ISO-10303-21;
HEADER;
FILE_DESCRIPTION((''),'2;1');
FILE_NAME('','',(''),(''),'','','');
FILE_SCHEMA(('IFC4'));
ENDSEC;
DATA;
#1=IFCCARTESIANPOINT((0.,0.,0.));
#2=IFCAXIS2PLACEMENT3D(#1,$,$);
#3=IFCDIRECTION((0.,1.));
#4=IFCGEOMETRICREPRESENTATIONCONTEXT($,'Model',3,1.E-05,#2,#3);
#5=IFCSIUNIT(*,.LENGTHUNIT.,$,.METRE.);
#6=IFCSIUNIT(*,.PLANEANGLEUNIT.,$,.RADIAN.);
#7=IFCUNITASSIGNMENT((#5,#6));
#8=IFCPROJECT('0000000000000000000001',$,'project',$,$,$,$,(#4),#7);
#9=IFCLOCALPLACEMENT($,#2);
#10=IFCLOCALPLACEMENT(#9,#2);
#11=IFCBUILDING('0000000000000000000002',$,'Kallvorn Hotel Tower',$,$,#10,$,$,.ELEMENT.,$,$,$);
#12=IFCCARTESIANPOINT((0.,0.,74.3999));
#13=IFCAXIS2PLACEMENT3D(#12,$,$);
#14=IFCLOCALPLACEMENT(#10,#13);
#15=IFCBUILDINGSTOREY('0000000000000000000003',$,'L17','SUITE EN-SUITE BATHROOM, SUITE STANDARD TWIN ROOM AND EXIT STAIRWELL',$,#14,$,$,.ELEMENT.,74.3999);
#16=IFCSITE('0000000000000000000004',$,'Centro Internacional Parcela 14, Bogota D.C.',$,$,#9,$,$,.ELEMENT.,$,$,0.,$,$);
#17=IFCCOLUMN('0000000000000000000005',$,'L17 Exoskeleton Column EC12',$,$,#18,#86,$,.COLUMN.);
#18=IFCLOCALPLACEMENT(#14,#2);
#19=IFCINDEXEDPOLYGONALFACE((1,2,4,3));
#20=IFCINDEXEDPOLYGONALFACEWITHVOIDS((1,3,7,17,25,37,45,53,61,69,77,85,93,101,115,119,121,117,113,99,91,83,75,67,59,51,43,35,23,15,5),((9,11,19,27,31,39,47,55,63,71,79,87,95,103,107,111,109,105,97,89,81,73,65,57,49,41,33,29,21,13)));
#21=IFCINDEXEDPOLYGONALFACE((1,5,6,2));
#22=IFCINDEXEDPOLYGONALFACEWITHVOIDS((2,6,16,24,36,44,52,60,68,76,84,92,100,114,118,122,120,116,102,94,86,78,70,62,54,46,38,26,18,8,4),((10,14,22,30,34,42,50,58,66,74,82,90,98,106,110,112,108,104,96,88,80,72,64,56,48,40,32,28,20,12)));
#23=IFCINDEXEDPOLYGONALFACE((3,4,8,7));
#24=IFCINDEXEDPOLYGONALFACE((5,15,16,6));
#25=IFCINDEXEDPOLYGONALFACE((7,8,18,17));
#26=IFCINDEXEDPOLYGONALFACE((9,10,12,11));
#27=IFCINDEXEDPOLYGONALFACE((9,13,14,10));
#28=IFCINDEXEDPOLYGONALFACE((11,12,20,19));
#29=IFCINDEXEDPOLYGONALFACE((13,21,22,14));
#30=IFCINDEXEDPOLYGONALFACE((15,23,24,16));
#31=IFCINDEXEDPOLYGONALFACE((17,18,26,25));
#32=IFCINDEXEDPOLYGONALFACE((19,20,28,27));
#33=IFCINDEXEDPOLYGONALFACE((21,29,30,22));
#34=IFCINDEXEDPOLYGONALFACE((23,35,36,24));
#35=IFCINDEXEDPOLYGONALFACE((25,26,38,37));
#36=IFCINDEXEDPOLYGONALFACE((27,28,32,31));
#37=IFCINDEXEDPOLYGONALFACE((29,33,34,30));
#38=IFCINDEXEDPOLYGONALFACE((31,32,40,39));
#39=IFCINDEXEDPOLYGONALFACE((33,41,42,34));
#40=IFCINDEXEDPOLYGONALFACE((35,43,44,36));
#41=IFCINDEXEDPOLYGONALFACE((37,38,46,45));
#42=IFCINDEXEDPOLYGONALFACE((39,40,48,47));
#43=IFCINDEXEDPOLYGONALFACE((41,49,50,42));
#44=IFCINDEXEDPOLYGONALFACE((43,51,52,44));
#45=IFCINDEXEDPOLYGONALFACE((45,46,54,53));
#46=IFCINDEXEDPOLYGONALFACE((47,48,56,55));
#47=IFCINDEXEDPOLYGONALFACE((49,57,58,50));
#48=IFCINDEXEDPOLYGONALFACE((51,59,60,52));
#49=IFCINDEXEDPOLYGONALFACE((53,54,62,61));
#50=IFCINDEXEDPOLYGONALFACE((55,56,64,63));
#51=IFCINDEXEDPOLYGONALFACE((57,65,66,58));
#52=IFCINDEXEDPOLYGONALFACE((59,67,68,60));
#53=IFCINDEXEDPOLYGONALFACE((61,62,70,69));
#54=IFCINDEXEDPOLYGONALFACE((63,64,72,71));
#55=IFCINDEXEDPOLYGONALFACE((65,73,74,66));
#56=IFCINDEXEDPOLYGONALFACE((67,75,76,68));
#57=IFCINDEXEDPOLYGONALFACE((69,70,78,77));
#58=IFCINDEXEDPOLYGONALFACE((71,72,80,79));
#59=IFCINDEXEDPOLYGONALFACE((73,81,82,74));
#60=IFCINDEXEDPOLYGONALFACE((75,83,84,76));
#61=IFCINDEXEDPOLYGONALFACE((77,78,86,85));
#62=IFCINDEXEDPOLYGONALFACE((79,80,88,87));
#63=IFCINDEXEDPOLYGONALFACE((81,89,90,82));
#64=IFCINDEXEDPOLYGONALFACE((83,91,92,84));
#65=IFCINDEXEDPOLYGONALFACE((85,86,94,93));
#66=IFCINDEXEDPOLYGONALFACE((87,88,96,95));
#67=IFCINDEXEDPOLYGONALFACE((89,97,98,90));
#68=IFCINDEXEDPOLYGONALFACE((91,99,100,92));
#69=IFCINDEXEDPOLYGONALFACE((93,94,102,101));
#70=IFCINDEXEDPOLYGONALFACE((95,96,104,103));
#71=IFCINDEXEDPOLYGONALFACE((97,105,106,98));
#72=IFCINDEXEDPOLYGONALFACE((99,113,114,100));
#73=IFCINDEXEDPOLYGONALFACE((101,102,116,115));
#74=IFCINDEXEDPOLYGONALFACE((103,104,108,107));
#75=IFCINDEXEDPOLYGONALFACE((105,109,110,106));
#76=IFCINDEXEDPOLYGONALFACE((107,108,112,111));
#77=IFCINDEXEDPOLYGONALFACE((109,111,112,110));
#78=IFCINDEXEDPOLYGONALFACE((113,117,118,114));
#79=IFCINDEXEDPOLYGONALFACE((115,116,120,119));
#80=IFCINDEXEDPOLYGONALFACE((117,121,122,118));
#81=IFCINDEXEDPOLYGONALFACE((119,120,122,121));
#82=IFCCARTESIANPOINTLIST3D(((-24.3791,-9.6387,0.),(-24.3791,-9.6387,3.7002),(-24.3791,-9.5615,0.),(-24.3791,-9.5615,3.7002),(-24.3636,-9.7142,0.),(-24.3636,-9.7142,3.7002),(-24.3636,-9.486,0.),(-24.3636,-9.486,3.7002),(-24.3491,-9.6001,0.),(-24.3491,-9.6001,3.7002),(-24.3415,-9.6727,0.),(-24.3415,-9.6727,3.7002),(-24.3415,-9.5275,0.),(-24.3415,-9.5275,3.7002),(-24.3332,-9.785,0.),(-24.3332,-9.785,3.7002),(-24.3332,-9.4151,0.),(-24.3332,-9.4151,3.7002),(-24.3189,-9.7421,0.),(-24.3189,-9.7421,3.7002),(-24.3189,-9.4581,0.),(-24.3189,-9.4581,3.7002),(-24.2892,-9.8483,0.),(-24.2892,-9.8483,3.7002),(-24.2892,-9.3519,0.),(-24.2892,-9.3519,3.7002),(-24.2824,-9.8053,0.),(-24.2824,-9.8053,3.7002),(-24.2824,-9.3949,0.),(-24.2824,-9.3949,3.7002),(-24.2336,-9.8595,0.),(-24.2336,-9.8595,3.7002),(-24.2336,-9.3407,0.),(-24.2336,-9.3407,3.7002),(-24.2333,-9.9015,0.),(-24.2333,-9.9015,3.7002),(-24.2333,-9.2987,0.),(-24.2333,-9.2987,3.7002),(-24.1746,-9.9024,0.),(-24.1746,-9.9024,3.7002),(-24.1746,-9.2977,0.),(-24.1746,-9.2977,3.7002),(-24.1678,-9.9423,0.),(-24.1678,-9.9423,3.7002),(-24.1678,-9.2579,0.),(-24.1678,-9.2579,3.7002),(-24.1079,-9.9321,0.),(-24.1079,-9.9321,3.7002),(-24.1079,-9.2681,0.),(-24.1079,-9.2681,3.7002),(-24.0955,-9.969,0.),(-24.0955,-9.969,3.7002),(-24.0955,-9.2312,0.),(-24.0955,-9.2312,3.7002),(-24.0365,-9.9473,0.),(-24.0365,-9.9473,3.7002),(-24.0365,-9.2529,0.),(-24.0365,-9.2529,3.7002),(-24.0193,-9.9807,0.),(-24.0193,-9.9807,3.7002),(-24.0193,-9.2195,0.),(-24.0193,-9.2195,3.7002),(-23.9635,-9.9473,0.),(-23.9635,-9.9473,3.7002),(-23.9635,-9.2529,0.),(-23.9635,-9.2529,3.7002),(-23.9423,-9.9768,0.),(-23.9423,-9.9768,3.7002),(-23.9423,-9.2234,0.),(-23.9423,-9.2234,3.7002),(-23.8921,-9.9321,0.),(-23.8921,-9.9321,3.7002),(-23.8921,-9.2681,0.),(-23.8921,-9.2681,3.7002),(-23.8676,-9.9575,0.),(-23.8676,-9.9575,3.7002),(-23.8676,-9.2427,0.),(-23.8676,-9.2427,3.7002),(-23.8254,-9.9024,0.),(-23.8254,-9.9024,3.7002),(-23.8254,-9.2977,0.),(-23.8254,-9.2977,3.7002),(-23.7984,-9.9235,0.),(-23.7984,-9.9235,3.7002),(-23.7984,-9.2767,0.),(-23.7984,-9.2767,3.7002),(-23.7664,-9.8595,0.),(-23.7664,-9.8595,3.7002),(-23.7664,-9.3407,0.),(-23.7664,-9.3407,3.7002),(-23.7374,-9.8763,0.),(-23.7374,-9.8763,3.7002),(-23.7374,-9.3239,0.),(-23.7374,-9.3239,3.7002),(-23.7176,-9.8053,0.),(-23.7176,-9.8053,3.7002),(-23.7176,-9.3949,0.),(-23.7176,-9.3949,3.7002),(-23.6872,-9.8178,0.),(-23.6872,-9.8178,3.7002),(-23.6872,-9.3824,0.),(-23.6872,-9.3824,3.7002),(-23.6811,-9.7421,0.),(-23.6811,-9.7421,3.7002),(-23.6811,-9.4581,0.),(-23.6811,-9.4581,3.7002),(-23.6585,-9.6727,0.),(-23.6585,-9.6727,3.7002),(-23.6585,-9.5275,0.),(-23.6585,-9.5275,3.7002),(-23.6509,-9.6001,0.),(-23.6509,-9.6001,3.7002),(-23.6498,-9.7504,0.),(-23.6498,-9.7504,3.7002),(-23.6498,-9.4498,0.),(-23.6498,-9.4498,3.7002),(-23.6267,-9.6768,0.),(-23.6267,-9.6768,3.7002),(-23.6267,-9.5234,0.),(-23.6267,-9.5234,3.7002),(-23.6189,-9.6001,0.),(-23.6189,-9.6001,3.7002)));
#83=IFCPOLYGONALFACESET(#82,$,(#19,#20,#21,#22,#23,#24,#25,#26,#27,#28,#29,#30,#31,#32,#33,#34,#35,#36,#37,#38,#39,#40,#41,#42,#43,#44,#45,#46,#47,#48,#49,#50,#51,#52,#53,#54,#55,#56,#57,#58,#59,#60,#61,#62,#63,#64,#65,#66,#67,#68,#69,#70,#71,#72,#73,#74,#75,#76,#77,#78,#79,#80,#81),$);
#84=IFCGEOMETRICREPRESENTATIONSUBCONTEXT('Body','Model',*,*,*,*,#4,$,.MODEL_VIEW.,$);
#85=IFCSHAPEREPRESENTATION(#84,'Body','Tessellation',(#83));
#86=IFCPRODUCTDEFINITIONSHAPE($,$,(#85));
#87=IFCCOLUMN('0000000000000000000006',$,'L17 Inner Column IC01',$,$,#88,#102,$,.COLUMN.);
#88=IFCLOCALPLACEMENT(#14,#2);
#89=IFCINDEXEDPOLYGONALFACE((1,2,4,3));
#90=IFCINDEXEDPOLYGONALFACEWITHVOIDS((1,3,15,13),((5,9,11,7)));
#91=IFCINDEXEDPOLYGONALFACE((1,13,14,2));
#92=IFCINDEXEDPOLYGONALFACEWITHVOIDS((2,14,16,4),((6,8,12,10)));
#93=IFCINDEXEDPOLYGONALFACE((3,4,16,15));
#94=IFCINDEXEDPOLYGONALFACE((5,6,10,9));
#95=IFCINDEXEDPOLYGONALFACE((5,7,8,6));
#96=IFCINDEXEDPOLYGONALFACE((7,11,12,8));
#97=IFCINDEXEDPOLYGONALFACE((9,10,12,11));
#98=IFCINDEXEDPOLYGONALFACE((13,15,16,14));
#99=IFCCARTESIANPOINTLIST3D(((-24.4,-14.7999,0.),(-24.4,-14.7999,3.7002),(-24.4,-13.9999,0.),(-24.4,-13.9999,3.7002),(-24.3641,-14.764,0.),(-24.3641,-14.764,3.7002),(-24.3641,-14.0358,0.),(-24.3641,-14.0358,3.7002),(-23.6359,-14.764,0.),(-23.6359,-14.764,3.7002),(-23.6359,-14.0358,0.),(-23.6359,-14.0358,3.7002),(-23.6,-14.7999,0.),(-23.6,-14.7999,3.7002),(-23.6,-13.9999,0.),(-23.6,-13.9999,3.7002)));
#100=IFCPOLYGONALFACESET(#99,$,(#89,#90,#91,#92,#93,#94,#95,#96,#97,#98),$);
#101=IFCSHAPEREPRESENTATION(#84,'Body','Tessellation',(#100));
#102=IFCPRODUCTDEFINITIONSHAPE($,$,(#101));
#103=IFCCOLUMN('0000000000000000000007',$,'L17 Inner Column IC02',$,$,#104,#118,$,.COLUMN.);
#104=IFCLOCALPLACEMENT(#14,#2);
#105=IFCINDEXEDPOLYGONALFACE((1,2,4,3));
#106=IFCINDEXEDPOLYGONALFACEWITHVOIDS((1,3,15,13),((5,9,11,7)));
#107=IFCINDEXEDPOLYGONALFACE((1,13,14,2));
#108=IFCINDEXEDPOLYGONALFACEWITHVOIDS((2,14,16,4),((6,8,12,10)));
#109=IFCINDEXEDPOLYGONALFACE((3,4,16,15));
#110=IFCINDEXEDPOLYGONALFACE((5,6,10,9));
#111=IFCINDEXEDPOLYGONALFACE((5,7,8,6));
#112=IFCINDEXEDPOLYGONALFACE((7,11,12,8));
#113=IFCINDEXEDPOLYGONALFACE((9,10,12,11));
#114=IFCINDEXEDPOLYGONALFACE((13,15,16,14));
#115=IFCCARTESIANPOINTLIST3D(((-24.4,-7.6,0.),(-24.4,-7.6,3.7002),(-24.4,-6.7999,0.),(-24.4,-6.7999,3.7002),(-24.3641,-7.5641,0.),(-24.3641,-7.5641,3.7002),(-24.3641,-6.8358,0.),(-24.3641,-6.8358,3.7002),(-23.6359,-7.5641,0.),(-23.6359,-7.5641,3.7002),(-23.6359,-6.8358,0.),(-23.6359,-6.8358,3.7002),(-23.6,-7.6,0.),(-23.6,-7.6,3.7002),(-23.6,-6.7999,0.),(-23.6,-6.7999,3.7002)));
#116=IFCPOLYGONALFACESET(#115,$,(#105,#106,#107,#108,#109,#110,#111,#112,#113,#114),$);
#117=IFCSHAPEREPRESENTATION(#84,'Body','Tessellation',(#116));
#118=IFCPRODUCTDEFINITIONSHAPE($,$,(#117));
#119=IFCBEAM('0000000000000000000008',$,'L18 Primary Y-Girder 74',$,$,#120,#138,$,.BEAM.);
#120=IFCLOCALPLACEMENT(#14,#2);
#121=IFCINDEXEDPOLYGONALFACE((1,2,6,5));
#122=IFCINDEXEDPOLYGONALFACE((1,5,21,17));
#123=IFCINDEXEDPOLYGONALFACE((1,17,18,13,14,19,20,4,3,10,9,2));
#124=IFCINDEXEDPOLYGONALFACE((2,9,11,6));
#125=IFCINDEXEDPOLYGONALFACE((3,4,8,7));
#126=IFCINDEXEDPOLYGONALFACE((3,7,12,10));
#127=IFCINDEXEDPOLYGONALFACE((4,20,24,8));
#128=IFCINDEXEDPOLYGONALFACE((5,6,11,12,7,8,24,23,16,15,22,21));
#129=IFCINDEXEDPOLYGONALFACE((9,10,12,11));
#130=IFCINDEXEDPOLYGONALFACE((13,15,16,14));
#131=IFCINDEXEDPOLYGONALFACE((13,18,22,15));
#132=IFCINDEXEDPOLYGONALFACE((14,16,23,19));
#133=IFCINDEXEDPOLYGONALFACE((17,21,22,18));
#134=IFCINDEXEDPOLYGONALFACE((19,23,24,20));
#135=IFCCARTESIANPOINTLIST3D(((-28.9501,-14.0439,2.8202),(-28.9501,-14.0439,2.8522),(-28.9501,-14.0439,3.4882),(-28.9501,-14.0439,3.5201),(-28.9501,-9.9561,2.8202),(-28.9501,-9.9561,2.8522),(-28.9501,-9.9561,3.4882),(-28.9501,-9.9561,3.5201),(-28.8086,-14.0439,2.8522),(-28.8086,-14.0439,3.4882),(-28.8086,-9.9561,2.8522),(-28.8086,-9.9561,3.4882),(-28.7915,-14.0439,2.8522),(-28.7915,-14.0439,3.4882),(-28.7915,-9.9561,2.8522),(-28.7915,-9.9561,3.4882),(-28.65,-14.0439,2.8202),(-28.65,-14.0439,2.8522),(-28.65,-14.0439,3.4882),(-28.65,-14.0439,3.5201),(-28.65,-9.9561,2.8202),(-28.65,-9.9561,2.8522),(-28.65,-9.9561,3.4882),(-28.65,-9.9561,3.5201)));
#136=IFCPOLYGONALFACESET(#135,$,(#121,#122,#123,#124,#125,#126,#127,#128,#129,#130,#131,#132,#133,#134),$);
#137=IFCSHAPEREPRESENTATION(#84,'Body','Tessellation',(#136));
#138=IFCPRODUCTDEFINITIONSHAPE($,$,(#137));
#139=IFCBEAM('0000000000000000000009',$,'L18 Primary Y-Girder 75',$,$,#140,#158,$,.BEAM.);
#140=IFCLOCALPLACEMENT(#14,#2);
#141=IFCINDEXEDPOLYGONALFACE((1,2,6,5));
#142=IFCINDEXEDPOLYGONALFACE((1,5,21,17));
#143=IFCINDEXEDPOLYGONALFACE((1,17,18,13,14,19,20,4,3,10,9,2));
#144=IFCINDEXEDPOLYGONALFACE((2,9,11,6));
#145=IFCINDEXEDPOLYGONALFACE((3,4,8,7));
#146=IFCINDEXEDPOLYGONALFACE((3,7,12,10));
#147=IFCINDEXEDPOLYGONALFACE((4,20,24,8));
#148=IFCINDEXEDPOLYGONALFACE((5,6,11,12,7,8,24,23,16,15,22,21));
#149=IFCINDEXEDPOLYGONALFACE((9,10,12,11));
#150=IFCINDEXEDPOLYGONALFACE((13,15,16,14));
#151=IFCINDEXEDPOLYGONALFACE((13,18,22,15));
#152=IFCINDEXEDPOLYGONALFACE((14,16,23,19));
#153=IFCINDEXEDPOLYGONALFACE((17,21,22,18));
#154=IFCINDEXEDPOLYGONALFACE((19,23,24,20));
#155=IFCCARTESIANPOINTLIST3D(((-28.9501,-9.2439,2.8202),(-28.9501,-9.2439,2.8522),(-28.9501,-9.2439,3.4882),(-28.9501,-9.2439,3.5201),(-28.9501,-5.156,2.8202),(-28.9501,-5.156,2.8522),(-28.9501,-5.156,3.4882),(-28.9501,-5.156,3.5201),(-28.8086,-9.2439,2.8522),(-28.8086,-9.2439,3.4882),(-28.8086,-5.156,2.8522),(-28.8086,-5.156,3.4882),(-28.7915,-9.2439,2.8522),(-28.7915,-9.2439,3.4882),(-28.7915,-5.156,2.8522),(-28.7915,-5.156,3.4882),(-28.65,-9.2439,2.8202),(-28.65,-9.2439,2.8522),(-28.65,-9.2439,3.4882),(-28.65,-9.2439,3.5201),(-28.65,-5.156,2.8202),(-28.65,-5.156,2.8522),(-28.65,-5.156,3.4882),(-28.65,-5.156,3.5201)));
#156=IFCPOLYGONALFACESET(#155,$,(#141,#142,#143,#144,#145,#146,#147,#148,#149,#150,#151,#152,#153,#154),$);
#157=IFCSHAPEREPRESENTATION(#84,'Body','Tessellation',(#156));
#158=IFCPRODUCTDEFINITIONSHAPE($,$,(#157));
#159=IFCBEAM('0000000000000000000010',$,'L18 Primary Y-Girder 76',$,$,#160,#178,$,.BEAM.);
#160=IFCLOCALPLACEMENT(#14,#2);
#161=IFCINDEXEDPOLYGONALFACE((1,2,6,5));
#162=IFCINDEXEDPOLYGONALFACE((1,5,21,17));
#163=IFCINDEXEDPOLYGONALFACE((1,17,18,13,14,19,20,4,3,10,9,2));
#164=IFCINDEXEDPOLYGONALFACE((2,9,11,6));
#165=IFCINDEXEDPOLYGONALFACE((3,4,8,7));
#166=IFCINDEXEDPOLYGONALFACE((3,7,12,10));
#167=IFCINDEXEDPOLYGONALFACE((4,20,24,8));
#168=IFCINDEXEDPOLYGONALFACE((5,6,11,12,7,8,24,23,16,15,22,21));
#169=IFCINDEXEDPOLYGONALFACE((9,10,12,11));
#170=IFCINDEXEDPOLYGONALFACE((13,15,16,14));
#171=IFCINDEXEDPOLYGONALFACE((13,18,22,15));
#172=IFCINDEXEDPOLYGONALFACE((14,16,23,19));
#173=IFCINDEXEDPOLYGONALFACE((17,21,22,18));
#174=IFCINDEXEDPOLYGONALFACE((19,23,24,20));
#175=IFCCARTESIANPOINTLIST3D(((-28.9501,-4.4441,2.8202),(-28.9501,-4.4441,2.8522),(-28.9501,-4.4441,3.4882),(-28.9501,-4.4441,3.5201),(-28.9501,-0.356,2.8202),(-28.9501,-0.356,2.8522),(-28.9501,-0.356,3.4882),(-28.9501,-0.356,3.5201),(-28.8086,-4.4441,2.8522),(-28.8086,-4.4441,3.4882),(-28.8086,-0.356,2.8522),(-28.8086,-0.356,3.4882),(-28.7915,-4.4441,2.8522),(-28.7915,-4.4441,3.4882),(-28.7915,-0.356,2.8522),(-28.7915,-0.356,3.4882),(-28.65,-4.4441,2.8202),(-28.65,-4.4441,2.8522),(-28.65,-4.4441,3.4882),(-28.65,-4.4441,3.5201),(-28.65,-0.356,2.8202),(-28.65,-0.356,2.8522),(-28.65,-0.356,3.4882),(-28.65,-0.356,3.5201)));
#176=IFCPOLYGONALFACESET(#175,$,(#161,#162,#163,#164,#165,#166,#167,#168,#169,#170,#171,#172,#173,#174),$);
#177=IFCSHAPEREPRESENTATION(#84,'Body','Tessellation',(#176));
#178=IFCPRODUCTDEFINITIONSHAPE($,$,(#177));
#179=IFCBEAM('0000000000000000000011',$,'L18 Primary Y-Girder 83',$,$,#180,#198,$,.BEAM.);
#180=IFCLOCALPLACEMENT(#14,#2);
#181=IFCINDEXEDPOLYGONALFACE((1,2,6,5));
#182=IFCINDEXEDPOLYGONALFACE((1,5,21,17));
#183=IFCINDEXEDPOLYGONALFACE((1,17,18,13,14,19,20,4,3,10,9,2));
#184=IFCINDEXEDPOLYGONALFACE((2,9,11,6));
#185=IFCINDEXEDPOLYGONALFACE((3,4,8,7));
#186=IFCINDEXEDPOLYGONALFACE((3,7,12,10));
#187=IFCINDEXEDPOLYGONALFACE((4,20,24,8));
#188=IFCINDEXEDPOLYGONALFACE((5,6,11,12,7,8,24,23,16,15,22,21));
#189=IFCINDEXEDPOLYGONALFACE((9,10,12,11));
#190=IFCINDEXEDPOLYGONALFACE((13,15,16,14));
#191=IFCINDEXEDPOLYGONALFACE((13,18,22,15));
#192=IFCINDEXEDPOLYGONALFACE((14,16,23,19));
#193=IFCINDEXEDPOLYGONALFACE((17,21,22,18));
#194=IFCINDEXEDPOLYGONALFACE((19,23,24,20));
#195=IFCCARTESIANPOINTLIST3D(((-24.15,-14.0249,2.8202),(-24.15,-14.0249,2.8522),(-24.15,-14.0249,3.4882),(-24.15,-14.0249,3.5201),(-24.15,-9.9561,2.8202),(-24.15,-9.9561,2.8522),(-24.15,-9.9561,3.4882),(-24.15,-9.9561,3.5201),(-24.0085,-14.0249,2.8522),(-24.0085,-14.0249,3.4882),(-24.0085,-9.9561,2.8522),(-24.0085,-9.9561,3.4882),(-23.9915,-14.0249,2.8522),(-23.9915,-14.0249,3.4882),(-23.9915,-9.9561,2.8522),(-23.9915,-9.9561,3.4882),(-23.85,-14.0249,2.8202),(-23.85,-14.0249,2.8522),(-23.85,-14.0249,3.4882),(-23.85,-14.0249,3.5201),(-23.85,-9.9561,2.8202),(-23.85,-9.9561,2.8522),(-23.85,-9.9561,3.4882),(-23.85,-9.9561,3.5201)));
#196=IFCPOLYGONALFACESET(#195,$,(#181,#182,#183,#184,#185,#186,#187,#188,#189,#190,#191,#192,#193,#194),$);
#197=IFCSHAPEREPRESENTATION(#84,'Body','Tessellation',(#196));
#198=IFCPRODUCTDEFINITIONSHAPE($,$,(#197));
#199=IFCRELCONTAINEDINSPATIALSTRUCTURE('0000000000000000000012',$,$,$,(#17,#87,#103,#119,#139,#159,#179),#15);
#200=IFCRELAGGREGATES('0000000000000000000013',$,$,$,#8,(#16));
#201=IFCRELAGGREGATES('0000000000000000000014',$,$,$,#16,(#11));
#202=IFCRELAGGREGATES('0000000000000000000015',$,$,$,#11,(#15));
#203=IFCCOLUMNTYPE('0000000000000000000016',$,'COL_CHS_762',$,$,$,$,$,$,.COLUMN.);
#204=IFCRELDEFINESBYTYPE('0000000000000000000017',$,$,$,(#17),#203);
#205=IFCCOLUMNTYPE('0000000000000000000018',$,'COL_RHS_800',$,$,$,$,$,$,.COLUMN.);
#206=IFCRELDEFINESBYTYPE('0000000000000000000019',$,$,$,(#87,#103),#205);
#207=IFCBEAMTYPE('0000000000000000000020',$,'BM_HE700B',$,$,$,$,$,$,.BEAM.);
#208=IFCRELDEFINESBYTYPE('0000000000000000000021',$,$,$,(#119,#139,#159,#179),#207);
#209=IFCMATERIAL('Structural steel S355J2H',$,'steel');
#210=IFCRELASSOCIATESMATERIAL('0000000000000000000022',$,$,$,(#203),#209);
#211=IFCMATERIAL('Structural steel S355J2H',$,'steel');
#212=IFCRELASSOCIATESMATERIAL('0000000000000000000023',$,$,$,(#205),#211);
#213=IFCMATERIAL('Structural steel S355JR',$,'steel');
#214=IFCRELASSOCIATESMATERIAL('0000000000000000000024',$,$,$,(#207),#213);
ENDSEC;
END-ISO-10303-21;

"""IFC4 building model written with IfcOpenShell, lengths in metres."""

from ifc_helpers import new_model, si_unit, direction, frame, origin, origin_2d, place, context, subcontext, project, spatial, hollow_rectangle, hollow_circle, i_section, extrude, material, material_profile, profile_set, type_object, element, save


model = new_model("IFC4")

# Units and contexts
model_context = context("Model", 3, precision=1e-05, world=origin(), true_north=direction((0.0, 1.0)))
body_context = subcontext(model_context, "Body", "Model", "MODEL_VIEW")
ifc_project = project(units=[si_unit("LENGTHUNIT", "METRE"), si_unit("PLANEANGLEUNIT", "RADIAN")], contexts=[model_context])

# Site, building, storey
site_placement = place(None, origin())
site = spatial("IfcSite", under=ifc_project, at=site_placement, Name="Centro Internacional Parcela 14, Bogota D.C.", CompositionType="ELEMENT", RefElevation=0.0)
building_placement = place(site_placement, origin())
building = spatial("IfcBuilding", under=site, at=building_placement, Name="Kallvorn Hotel Tower", CompositionType="ELEMENT")
storey_placement = place(building_placement, frame((0.0, 0.0, 74.3999)))
storey = spatial("IfcBuildingStorey", under=building, at=storey_placement, Name="L17", Description="SUITE EN-SUITE BATHROOM, SUITE STANDARD TWIN ROOM AND EXIT STAIRWELL", CompositionType="ELEMENT", Elevation=74.3999)

# Columns
ifc_material_1 = material(Name="Structural steel S355J2H", Category="steel")
ifc_material_profile_1 = material_profile(ifc_material_1, hollow_circle(Radius=0.3811, WallThickness=0.032, at=origin_2d()), Name="CHS 762x32")
ifc_profile_set_1 = profile_set([ifc_material_profile_1], Name="Structural steel S355J2H")
column_type_1 = type_object("IfcColumnType", Name="COL_CHS_762", PredefinedType="COLUMN", material=ifc_profile_set_1)
for number, where, z_axis, x_axis, name in (
    (1, (-24.0, -9.6001, 0.0), (0.0, 0.0, 1.0), (1.0, 0.0, 0.0), "L17 Exoskeleton Column EC12"),
):
    element("IfcColumn", number, at=place(storey_placement, frame(where, z_axis=z_axis, x_axis=x_axis)), inside=storey, type_object=column_type_1, Name=name, PredefinedType="COLUMN", context=body_context, shape_type="SweptSolid", body=[
        extrude(hollow_circle(Radius=0.3811, WallThickness=0.032, at=origin_2d()), origin(), (0.0, 0.0, 1.0), 3.7002),
    ])
ifc_material_2 = material(Name="Structural steel S355J2H", Category="steel")
ifc_material_profile_2 = material_profile(ifc_material_2, hollow_rectangle(XDim=0.8, YDim=0.8, WallThickness=0.0359, at=origin_2d()), Name="RHS 800x800x36")
ifc_profile_set_2 = profile_set([ifc_material_profile_2], Name="Structural steel S355J2H")
column_type_2 = type_object("IfcColumnType", Name="COL_RHS_800", PredefinedType="COLUMN", material=ifc_profile_set_2)
for number, where, z_axis, x_axis, name in (
    (2, (-24.0, -14.3999, 0.0), (0.0, 0.0, 1.0), (1.0, 0.0, 0.0), "L17 Inner Column IC01"),
    (3, (-24.0, -7.2, 0.0), (0.0, 0.0, 1.0), (1.0, 0.0, 0.0), "L17 Inner Column IC02"),
):
    element("IfcColumn", number, at=place(storey_placement, frame(where, z_axis=z_axis, x_axis=x_axis)), inside=storey, type_object=column_type_2, Name=name, PredefinedType="COLUMN", context=body_context, shape_type="SweptSolid", body=[
        extrude(hollow_rectangle(XDim=0.8, YDim=0.8, WallThickness=0.0359, at=origin_2d()), origin(), (0.0, 0.0, 1.0), 3.7002),
    ])

# Beams
ifc_material_3 = material(Name="Structural steel S355JR", Category="steel")
ifc_material_profile_3 = material_profile(ifc_material_3, i_section(OverallWidth=0.3, OverallDepth=0.7, WebThickness=0.0171, FlangeThickness=0.032, at=origin_2d()), Name="HE 700 B")
ifc_profile_set_3 = profile_set([ifc_material_profile_3], Name="Structural steel S355JR")
beam_type_1 = type_object("IfcBeamType", Name="BM_HE700B", PredefinedType="BEAM", material=ifc_profile_set_3)
for number, where, z_axis, x_axis, name in (
    (4, (-28.8, -14.0439, 3.1702), (0.0, 1.0, 0.0), (-1.0, 0.0, 0.0), "L18 Primary Y-Girder 74"),
    (5, (-28.8, -9.2439, 3.1702), (0.0, 1.0, 0.0), (-1.0, 0.0, 0.0), "L18 Primary Y-Girder 75"),
):
    element("IfcBeam", number, at=place(storey_placement, frame(where, z_axis=z_axis, x_axis=x_axis)), inside=storey, type_object=beam_type_1, Name=name, PredefinedType="BEAM", context=body_context, shape_type="SweptSolid", body=[
        extrude(i_section(OverallWidth=0.3, OverallDepth=0.7, WebThickness=0.0171, FlangeThickness=0.032, at=origin_2d()), origin(), (0.0, 0.0, 1.0), 4.0879),
    ])
beam_1_placement = place(storey_placement, frame((-28.8, -4.4441, 3.1702), z_axis=(0.0, 1.0, 0.0), x_axis=(-1.0, 0.0, 0.0)))
element("IfcBeam", 6, at=beam_1_placement, inside=storey, type_object=beam_type_1, Name="L18 Primary Y-Girder 76", PredefinedType="BEAM", context=body_context, shape_type="SweptSolid", body=[
    extrude(i_section(OverallWidth=0.3, OverallDepth=0.7, WebThickness=0.0171, FlangeThickness=0.032, at=origin_2d()), origin(), (0.0, 0.0, 1.0), 4.0881),
])
beam_2_placement = place(storey_placement, frame((-24.0, -14.0249, 3.1702), z_axis=(0.0, 1.0, 0.0), x_axis=(-1.0, 0.0, 0.0)))
element("IfcBeam", 7, at=beam_2_placement, inside=storey, type_object=beam_type_1, Name="L18 Primary Y-Girder 83", PredefinedType="BEAM", context=body_context, shape_type="SweptSolid", body=[
    extrude(i_section(OverallWidth=0.3, OverallDepth=0.7, WebThickness=0.0171, FlangeThickness=0.032, at=origin_2d()), origin(), (0.0, 0.0, 1.0), 4.0688),
])

save(model, "model.ifc")
